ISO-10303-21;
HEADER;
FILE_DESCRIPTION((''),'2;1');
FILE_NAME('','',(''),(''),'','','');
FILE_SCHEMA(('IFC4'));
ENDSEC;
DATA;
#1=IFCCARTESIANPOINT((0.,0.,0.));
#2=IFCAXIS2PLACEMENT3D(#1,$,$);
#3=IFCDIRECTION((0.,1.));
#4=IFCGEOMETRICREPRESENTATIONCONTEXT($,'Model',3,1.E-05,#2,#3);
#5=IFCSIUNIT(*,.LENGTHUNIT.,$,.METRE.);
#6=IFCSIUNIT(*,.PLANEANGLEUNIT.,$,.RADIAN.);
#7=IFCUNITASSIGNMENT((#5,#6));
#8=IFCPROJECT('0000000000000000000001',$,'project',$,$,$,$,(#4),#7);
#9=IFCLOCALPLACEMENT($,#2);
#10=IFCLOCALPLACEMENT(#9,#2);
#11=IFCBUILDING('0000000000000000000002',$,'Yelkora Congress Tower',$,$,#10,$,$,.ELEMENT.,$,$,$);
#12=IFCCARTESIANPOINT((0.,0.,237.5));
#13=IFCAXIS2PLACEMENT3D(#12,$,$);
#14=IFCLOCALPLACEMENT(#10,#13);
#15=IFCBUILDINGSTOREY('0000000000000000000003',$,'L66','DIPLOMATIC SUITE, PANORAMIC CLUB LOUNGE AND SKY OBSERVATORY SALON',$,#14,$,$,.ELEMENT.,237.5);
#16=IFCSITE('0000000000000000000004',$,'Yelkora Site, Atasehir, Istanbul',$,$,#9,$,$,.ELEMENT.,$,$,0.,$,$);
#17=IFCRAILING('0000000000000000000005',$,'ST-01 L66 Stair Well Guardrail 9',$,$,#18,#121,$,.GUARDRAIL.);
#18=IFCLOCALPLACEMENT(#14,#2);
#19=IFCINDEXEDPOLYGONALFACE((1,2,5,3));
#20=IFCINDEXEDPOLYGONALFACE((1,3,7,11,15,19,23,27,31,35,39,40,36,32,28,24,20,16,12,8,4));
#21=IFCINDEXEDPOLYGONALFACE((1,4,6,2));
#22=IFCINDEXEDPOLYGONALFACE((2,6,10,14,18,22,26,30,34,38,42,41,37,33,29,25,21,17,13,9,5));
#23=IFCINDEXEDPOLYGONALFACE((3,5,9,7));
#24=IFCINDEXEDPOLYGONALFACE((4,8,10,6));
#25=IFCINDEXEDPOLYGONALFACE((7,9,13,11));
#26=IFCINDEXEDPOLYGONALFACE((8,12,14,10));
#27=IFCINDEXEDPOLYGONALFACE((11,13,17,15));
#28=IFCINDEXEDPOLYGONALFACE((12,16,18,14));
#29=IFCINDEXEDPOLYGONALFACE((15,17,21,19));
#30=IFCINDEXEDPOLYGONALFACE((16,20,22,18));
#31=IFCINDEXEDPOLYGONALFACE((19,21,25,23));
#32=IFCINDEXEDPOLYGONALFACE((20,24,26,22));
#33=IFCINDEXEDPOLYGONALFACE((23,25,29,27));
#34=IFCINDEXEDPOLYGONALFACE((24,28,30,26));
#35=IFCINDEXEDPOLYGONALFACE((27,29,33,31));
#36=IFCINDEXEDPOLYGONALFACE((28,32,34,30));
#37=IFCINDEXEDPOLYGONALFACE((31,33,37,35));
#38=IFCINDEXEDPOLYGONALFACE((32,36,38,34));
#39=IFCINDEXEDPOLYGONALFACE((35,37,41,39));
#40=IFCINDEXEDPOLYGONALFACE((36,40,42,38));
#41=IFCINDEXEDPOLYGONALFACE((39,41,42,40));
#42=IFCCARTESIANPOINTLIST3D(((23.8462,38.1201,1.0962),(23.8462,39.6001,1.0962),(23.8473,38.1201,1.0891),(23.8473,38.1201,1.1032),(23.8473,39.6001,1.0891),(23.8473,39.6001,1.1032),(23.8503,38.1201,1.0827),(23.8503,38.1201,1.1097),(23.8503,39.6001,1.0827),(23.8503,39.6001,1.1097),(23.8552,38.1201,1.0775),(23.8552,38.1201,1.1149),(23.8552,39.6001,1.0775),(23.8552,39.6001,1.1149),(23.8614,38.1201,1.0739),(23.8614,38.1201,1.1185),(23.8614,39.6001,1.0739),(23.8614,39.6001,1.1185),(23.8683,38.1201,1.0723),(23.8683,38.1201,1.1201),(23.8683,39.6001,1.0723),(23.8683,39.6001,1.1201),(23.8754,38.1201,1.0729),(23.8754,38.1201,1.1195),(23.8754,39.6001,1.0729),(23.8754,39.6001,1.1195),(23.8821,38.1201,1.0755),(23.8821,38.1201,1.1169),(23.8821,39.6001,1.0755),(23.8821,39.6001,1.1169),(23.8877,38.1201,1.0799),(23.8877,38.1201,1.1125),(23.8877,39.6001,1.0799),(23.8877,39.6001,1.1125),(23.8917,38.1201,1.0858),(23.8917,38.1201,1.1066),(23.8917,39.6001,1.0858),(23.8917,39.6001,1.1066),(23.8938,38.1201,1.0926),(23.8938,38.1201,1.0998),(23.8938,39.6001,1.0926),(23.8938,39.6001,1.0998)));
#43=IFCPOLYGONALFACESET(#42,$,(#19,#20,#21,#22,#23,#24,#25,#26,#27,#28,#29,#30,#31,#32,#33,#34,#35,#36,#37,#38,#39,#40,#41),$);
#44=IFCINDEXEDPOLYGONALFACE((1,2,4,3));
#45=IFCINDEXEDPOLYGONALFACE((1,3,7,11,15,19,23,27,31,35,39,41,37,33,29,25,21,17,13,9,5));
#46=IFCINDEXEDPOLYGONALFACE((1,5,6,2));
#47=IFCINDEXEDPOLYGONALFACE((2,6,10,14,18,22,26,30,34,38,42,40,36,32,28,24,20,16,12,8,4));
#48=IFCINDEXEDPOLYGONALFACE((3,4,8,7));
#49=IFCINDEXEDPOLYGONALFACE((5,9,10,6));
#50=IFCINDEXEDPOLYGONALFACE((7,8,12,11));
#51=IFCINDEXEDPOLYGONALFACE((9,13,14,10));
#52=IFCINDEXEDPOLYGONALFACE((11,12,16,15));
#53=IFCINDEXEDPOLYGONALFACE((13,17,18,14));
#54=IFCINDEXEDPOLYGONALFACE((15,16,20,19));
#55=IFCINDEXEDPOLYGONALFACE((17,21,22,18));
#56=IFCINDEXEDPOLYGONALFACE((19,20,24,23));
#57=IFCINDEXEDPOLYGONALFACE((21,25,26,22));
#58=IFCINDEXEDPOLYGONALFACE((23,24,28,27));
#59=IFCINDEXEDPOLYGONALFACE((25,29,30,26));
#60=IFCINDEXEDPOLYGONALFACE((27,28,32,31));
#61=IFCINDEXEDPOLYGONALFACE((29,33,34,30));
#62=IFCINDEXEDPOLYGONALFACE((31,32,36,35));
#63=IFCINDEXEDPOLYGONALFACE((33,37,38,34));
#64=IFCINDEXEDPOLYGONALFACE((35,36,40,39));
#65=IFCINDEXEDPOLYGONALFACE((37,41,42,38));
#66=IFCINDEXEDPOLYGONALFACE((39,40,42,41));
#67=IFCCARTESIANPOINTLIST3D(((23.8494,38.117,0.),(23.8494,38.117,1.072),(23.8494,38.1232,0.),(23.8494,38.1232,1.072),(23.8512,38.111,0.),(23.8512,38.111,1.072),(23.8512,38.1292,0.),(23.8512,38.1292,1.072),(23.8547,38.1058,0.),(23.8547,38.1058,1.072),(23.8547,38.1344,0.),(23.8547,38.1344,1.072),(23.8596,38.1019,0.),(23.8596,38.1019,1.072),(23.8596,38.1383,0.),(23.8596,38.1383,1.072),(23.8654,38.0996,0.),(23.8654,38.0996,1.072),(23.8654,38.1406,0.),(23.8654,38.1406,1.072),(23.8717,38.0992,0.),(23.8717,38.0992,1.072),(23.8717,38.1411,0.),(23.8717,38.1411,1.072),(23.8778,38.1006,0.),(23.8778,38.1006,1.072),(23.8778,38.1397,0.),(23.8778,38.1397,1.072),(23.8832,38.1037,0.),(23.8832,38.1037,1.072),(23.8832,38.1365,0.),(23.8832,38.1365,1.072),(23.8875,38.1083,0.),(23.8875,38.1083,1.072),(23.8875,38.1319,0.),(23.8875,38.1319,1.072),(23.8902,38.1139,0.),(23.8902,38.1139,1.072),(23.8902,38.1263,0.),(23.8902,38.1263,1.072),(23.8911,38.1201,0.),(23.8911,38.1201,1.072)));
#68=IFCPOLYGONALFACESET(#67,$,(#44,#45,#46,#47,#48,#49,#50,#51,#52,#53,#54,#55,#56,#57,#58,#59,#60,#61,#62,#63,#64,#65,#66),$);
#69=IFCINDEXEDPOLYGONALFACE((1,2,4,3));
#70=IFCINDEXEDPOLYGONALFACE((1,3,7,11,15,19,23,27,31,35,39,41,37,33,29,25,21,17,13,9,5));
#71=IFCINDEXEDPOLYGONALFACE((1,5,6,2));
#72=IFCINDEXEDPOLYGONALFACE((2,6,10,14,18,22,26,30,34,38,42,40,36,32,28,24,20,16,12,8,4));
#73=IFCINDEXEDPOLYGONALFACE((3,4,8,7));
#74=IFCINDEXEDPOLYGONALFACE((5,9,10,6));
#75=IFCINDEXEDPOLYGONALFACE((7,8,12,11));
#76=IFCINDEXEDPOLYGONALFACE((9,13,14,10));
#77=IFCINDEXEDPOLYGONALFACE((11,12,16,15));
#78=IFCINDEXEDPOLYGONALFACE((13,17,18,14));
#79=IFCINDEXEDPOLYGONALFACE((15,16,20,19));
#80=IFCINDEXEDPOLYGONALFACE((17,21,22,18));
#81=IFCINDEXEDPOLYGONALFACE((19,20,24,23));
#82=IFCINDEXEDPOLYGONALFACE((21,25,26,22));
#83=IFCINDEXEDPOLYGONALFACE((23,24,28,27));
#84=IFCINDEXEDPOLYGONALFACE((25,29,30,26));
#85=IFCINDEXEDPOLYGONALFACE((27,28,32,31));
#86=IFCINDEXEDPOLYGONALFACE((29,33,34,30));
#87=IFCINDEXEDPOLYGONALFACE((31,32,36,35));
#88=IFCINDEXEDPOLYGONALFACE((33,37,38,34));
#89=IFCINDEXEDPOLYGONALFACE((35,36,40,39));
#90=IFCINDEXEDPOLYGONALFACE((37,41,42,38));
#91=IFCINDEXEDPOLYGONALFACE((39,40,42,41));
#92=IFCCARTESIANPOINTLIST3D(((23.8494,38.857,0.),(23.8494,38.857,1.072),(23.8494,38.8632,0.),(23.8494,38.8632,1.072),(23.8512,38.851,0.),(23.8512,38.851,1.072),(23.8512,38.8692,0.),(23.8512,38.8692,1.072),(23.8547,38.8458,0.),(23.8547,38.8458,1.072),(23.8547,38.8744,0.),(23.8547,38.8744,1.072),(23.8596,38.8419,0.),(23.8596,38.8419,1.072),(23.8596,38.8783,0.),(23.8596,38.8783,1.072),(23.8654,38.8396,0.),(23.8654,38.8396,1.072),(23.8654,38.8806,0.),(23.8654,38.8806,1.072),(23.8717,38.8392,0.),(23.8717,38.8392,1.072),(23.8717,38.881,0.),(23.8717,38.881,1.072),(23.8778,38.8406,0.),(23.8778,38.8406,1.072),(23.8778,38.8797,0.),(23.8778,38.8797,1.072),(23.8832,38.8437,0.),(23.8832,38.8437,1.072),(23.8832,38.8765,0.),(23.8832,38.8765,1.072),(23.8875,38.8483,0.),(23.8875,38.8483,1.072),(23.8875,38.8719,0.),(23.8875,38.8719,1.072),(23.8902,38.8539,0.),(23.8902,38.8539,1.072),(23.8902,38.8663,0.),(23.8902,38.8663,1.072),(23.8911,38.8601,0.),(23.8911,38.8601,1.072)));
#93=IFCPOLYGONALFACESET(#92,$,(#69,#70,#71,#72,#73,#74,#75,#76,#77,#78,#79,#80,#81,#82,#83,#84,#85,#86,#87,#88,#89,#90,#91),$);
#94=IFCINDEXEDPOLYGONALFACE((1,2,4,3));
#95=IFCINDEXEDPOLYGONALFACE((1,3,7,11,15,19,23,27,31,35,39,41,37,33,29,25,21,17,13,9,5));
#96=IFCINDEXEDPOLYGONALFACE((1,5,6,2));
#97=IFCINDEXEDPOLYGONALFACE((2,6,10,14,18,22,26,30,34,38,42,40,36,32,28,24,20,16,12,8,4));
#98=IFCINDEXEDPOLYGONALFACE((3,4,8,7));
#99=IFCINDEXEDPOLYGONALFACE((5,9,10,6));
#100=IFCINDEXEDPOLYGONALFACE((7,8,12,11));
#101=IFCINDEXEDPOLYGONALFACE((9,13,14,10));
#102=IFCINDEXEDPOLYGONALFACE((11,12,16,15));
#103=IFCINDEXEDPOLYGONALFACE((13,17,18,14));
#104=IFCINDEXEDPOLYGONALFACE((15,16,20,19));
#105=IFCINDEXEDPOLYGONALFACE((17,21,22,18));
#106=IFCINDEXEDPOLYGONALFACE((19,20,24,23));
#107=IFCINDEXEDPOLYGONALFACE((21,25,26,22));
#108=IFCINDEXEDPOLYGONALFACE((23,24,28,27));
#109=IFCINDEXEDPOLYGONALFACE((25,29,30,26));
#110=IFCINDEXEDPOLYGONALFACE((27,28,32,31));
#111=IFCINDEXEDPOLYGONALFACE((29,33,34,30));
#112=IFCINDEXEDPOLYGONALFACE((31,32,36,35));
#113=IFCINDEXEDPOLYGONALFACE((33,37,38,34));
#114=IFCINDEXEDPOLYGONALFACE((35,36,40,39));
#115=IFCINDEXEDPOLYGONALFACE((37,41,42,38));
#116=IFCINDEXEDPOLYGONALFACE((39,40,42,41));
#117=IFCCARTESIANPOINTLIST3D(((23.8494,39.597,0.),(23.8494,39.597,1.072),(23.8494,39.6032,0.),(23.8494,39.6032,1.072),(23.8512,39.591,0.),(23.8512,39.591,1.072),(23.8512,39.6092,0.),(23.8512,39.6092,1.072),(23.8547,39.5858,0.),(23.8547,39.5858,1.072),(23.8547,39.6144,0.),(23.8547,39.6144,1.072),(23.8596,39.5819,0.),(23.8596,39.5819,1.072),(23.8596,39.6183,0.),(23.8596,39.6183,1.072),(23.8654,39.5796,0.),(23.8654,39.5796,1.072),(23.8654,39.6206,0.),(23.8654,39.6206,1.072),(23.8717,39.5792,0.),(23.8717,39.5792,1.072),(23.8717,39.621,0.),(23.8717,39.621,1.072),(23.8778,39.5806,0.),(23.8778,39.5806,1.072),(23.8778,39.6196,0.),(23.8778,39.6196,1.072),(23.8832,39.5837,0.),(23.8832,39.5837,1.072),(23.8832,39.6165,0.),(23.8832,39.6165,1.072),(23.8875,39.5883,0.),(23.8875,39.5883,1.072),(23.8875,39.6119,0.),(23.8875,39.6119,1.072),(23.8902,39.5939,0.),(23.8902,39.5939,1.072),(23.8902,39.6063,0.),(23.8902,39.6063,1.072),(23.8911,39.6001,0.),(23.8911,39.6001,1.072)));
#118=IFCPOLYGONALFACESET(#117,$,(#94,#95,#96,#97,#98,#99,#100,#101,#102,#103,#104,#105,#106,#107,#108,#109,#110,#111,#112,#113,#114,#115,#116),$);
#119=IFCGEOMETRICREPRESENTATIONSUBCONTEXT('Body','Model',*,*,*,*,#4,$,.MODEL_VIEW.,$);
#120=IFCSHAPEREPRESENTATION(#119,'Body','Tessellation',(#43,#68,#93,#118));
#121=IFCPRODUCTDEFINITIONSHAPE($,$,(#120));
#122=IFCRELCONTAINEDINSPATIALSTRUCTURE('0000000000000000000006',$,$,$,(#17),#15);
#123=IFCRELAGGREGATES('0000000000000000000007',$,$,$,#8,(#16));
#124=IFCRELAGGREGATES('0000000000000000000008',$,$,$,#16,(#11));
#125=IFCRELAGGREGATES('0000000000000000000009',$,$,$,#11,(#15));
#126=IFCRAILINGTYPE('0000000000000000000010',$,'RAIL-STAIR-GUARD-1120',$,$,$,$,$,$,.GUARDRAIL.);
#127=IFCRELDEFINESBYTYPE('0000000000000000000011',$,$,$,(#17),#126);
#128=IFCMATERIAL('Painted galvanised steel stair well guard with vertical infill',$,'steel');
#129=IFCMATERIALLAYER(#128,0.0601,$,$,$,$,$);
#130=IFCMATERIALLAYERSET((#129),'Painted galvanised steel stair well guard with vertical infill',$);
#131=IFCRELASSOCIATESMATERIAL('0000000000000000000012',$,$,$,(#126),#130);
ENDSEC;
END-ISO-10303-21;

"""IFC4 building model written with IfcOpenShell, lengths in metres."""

from ifc_helpers import new_model, si_unit, direction, frame, origin, origin_2d, place, context, subcontext, project, spatial, circle, extrude, material, layer, layer_set, type_object, element, save


model = new_model("IFC4")

# Units and contexts
model_context = context("Model", 3, precision=1e-05, world=origin(), true_north=direction((0.0, 1.0)))
body_context = subcontext(model_context, "Body", "Model", "MODEL_VIEW")
ifc_project = project(units=[si_unit("LENGTHUNIT", "METRE"), si_unit("PLANEANGLEUNIT", "RADIAN")], contexts=[model_context])

# Site, building, storey
site_placement = place(None, origin())
site = spatial("IfcSite", under=ifc_project, at=site_placement, Name="Yelkora Site, Atasehir, Istanbul", CompositionType="ELEMENT", RefElevation=0.0)
building_placement = place(site_placement, origin())
building = spatial("IfcBuilding", under=site, at=building_placement, Name="Yelkora Congress Tower", CompositionType="ELEMENT")
storey_placement = place(building_placement, frame((0.0, 0.0, 237.5)))
storey = spatial("IfcBuildingStorey", under=building, at=storey_placement, Name="L66", Description="DIPLOMATIC SUITE, PANORAMIC CLUB LOUNGE AND SKY OBSERVATORY SALON", CompositionType="ELEMENT", Elevation=237.5)

# Railing
ifc_material_1 = material(Name="Painted galvanised steel stair well guard with vertical infill", Category="steel")
ifc_layer_1 = layer(ifc_material_1, 0.0601)
ifc_layer_set_1 = layer_set([ifc_layer_1], Name="Painted galvanised steel stair well guard with vertical infill")
railing_type_1 = type_object("IfcRailingType", Name="RAIL-STAIR-GUARD-1120", PredefinedType="GUARDRAIL", material=ifc_layer_set_1)
railing_1_placement = place(storey_placement, frame((23.8701, 38.1201, 0.0)))
element("IfcRailing", 1, at=railing_1_placement, inside=storey, type_object=railing_type_1, Name="ST-01 L66 Stair Well Guardrail 9", PredefinedType="GUARDRAIL", context=body_context, shape_type="SweptSolid", body=[
    extrude(circle(Radius=0.0239, at=origin_2d()), frame((0.0, 0.0, 1.0962), z_axis=(0.0, 1.0, 0.0), x_axis=(-1.0, 0.0, 0.0)), (0.0, 0.0, 1.0), 1.48),
    extrude(circle(Radius=0.021, at=origin_2d()), origin(), (0.0, 0.0, 1.0), 1.072),
    extrude(circle(Radius=0.021, at=origin_2d()), frame((0.0, 0.74, 0.0)), (0.0, 0.0, 1.0), 1.072),
    extrude(circle(Radius=0.021, at=origin_2d()), frame((0.0, 1.48, 0.0)), (0.0, 0.0, 1.0), 1.072),
])

save(model, "model.ifc")
